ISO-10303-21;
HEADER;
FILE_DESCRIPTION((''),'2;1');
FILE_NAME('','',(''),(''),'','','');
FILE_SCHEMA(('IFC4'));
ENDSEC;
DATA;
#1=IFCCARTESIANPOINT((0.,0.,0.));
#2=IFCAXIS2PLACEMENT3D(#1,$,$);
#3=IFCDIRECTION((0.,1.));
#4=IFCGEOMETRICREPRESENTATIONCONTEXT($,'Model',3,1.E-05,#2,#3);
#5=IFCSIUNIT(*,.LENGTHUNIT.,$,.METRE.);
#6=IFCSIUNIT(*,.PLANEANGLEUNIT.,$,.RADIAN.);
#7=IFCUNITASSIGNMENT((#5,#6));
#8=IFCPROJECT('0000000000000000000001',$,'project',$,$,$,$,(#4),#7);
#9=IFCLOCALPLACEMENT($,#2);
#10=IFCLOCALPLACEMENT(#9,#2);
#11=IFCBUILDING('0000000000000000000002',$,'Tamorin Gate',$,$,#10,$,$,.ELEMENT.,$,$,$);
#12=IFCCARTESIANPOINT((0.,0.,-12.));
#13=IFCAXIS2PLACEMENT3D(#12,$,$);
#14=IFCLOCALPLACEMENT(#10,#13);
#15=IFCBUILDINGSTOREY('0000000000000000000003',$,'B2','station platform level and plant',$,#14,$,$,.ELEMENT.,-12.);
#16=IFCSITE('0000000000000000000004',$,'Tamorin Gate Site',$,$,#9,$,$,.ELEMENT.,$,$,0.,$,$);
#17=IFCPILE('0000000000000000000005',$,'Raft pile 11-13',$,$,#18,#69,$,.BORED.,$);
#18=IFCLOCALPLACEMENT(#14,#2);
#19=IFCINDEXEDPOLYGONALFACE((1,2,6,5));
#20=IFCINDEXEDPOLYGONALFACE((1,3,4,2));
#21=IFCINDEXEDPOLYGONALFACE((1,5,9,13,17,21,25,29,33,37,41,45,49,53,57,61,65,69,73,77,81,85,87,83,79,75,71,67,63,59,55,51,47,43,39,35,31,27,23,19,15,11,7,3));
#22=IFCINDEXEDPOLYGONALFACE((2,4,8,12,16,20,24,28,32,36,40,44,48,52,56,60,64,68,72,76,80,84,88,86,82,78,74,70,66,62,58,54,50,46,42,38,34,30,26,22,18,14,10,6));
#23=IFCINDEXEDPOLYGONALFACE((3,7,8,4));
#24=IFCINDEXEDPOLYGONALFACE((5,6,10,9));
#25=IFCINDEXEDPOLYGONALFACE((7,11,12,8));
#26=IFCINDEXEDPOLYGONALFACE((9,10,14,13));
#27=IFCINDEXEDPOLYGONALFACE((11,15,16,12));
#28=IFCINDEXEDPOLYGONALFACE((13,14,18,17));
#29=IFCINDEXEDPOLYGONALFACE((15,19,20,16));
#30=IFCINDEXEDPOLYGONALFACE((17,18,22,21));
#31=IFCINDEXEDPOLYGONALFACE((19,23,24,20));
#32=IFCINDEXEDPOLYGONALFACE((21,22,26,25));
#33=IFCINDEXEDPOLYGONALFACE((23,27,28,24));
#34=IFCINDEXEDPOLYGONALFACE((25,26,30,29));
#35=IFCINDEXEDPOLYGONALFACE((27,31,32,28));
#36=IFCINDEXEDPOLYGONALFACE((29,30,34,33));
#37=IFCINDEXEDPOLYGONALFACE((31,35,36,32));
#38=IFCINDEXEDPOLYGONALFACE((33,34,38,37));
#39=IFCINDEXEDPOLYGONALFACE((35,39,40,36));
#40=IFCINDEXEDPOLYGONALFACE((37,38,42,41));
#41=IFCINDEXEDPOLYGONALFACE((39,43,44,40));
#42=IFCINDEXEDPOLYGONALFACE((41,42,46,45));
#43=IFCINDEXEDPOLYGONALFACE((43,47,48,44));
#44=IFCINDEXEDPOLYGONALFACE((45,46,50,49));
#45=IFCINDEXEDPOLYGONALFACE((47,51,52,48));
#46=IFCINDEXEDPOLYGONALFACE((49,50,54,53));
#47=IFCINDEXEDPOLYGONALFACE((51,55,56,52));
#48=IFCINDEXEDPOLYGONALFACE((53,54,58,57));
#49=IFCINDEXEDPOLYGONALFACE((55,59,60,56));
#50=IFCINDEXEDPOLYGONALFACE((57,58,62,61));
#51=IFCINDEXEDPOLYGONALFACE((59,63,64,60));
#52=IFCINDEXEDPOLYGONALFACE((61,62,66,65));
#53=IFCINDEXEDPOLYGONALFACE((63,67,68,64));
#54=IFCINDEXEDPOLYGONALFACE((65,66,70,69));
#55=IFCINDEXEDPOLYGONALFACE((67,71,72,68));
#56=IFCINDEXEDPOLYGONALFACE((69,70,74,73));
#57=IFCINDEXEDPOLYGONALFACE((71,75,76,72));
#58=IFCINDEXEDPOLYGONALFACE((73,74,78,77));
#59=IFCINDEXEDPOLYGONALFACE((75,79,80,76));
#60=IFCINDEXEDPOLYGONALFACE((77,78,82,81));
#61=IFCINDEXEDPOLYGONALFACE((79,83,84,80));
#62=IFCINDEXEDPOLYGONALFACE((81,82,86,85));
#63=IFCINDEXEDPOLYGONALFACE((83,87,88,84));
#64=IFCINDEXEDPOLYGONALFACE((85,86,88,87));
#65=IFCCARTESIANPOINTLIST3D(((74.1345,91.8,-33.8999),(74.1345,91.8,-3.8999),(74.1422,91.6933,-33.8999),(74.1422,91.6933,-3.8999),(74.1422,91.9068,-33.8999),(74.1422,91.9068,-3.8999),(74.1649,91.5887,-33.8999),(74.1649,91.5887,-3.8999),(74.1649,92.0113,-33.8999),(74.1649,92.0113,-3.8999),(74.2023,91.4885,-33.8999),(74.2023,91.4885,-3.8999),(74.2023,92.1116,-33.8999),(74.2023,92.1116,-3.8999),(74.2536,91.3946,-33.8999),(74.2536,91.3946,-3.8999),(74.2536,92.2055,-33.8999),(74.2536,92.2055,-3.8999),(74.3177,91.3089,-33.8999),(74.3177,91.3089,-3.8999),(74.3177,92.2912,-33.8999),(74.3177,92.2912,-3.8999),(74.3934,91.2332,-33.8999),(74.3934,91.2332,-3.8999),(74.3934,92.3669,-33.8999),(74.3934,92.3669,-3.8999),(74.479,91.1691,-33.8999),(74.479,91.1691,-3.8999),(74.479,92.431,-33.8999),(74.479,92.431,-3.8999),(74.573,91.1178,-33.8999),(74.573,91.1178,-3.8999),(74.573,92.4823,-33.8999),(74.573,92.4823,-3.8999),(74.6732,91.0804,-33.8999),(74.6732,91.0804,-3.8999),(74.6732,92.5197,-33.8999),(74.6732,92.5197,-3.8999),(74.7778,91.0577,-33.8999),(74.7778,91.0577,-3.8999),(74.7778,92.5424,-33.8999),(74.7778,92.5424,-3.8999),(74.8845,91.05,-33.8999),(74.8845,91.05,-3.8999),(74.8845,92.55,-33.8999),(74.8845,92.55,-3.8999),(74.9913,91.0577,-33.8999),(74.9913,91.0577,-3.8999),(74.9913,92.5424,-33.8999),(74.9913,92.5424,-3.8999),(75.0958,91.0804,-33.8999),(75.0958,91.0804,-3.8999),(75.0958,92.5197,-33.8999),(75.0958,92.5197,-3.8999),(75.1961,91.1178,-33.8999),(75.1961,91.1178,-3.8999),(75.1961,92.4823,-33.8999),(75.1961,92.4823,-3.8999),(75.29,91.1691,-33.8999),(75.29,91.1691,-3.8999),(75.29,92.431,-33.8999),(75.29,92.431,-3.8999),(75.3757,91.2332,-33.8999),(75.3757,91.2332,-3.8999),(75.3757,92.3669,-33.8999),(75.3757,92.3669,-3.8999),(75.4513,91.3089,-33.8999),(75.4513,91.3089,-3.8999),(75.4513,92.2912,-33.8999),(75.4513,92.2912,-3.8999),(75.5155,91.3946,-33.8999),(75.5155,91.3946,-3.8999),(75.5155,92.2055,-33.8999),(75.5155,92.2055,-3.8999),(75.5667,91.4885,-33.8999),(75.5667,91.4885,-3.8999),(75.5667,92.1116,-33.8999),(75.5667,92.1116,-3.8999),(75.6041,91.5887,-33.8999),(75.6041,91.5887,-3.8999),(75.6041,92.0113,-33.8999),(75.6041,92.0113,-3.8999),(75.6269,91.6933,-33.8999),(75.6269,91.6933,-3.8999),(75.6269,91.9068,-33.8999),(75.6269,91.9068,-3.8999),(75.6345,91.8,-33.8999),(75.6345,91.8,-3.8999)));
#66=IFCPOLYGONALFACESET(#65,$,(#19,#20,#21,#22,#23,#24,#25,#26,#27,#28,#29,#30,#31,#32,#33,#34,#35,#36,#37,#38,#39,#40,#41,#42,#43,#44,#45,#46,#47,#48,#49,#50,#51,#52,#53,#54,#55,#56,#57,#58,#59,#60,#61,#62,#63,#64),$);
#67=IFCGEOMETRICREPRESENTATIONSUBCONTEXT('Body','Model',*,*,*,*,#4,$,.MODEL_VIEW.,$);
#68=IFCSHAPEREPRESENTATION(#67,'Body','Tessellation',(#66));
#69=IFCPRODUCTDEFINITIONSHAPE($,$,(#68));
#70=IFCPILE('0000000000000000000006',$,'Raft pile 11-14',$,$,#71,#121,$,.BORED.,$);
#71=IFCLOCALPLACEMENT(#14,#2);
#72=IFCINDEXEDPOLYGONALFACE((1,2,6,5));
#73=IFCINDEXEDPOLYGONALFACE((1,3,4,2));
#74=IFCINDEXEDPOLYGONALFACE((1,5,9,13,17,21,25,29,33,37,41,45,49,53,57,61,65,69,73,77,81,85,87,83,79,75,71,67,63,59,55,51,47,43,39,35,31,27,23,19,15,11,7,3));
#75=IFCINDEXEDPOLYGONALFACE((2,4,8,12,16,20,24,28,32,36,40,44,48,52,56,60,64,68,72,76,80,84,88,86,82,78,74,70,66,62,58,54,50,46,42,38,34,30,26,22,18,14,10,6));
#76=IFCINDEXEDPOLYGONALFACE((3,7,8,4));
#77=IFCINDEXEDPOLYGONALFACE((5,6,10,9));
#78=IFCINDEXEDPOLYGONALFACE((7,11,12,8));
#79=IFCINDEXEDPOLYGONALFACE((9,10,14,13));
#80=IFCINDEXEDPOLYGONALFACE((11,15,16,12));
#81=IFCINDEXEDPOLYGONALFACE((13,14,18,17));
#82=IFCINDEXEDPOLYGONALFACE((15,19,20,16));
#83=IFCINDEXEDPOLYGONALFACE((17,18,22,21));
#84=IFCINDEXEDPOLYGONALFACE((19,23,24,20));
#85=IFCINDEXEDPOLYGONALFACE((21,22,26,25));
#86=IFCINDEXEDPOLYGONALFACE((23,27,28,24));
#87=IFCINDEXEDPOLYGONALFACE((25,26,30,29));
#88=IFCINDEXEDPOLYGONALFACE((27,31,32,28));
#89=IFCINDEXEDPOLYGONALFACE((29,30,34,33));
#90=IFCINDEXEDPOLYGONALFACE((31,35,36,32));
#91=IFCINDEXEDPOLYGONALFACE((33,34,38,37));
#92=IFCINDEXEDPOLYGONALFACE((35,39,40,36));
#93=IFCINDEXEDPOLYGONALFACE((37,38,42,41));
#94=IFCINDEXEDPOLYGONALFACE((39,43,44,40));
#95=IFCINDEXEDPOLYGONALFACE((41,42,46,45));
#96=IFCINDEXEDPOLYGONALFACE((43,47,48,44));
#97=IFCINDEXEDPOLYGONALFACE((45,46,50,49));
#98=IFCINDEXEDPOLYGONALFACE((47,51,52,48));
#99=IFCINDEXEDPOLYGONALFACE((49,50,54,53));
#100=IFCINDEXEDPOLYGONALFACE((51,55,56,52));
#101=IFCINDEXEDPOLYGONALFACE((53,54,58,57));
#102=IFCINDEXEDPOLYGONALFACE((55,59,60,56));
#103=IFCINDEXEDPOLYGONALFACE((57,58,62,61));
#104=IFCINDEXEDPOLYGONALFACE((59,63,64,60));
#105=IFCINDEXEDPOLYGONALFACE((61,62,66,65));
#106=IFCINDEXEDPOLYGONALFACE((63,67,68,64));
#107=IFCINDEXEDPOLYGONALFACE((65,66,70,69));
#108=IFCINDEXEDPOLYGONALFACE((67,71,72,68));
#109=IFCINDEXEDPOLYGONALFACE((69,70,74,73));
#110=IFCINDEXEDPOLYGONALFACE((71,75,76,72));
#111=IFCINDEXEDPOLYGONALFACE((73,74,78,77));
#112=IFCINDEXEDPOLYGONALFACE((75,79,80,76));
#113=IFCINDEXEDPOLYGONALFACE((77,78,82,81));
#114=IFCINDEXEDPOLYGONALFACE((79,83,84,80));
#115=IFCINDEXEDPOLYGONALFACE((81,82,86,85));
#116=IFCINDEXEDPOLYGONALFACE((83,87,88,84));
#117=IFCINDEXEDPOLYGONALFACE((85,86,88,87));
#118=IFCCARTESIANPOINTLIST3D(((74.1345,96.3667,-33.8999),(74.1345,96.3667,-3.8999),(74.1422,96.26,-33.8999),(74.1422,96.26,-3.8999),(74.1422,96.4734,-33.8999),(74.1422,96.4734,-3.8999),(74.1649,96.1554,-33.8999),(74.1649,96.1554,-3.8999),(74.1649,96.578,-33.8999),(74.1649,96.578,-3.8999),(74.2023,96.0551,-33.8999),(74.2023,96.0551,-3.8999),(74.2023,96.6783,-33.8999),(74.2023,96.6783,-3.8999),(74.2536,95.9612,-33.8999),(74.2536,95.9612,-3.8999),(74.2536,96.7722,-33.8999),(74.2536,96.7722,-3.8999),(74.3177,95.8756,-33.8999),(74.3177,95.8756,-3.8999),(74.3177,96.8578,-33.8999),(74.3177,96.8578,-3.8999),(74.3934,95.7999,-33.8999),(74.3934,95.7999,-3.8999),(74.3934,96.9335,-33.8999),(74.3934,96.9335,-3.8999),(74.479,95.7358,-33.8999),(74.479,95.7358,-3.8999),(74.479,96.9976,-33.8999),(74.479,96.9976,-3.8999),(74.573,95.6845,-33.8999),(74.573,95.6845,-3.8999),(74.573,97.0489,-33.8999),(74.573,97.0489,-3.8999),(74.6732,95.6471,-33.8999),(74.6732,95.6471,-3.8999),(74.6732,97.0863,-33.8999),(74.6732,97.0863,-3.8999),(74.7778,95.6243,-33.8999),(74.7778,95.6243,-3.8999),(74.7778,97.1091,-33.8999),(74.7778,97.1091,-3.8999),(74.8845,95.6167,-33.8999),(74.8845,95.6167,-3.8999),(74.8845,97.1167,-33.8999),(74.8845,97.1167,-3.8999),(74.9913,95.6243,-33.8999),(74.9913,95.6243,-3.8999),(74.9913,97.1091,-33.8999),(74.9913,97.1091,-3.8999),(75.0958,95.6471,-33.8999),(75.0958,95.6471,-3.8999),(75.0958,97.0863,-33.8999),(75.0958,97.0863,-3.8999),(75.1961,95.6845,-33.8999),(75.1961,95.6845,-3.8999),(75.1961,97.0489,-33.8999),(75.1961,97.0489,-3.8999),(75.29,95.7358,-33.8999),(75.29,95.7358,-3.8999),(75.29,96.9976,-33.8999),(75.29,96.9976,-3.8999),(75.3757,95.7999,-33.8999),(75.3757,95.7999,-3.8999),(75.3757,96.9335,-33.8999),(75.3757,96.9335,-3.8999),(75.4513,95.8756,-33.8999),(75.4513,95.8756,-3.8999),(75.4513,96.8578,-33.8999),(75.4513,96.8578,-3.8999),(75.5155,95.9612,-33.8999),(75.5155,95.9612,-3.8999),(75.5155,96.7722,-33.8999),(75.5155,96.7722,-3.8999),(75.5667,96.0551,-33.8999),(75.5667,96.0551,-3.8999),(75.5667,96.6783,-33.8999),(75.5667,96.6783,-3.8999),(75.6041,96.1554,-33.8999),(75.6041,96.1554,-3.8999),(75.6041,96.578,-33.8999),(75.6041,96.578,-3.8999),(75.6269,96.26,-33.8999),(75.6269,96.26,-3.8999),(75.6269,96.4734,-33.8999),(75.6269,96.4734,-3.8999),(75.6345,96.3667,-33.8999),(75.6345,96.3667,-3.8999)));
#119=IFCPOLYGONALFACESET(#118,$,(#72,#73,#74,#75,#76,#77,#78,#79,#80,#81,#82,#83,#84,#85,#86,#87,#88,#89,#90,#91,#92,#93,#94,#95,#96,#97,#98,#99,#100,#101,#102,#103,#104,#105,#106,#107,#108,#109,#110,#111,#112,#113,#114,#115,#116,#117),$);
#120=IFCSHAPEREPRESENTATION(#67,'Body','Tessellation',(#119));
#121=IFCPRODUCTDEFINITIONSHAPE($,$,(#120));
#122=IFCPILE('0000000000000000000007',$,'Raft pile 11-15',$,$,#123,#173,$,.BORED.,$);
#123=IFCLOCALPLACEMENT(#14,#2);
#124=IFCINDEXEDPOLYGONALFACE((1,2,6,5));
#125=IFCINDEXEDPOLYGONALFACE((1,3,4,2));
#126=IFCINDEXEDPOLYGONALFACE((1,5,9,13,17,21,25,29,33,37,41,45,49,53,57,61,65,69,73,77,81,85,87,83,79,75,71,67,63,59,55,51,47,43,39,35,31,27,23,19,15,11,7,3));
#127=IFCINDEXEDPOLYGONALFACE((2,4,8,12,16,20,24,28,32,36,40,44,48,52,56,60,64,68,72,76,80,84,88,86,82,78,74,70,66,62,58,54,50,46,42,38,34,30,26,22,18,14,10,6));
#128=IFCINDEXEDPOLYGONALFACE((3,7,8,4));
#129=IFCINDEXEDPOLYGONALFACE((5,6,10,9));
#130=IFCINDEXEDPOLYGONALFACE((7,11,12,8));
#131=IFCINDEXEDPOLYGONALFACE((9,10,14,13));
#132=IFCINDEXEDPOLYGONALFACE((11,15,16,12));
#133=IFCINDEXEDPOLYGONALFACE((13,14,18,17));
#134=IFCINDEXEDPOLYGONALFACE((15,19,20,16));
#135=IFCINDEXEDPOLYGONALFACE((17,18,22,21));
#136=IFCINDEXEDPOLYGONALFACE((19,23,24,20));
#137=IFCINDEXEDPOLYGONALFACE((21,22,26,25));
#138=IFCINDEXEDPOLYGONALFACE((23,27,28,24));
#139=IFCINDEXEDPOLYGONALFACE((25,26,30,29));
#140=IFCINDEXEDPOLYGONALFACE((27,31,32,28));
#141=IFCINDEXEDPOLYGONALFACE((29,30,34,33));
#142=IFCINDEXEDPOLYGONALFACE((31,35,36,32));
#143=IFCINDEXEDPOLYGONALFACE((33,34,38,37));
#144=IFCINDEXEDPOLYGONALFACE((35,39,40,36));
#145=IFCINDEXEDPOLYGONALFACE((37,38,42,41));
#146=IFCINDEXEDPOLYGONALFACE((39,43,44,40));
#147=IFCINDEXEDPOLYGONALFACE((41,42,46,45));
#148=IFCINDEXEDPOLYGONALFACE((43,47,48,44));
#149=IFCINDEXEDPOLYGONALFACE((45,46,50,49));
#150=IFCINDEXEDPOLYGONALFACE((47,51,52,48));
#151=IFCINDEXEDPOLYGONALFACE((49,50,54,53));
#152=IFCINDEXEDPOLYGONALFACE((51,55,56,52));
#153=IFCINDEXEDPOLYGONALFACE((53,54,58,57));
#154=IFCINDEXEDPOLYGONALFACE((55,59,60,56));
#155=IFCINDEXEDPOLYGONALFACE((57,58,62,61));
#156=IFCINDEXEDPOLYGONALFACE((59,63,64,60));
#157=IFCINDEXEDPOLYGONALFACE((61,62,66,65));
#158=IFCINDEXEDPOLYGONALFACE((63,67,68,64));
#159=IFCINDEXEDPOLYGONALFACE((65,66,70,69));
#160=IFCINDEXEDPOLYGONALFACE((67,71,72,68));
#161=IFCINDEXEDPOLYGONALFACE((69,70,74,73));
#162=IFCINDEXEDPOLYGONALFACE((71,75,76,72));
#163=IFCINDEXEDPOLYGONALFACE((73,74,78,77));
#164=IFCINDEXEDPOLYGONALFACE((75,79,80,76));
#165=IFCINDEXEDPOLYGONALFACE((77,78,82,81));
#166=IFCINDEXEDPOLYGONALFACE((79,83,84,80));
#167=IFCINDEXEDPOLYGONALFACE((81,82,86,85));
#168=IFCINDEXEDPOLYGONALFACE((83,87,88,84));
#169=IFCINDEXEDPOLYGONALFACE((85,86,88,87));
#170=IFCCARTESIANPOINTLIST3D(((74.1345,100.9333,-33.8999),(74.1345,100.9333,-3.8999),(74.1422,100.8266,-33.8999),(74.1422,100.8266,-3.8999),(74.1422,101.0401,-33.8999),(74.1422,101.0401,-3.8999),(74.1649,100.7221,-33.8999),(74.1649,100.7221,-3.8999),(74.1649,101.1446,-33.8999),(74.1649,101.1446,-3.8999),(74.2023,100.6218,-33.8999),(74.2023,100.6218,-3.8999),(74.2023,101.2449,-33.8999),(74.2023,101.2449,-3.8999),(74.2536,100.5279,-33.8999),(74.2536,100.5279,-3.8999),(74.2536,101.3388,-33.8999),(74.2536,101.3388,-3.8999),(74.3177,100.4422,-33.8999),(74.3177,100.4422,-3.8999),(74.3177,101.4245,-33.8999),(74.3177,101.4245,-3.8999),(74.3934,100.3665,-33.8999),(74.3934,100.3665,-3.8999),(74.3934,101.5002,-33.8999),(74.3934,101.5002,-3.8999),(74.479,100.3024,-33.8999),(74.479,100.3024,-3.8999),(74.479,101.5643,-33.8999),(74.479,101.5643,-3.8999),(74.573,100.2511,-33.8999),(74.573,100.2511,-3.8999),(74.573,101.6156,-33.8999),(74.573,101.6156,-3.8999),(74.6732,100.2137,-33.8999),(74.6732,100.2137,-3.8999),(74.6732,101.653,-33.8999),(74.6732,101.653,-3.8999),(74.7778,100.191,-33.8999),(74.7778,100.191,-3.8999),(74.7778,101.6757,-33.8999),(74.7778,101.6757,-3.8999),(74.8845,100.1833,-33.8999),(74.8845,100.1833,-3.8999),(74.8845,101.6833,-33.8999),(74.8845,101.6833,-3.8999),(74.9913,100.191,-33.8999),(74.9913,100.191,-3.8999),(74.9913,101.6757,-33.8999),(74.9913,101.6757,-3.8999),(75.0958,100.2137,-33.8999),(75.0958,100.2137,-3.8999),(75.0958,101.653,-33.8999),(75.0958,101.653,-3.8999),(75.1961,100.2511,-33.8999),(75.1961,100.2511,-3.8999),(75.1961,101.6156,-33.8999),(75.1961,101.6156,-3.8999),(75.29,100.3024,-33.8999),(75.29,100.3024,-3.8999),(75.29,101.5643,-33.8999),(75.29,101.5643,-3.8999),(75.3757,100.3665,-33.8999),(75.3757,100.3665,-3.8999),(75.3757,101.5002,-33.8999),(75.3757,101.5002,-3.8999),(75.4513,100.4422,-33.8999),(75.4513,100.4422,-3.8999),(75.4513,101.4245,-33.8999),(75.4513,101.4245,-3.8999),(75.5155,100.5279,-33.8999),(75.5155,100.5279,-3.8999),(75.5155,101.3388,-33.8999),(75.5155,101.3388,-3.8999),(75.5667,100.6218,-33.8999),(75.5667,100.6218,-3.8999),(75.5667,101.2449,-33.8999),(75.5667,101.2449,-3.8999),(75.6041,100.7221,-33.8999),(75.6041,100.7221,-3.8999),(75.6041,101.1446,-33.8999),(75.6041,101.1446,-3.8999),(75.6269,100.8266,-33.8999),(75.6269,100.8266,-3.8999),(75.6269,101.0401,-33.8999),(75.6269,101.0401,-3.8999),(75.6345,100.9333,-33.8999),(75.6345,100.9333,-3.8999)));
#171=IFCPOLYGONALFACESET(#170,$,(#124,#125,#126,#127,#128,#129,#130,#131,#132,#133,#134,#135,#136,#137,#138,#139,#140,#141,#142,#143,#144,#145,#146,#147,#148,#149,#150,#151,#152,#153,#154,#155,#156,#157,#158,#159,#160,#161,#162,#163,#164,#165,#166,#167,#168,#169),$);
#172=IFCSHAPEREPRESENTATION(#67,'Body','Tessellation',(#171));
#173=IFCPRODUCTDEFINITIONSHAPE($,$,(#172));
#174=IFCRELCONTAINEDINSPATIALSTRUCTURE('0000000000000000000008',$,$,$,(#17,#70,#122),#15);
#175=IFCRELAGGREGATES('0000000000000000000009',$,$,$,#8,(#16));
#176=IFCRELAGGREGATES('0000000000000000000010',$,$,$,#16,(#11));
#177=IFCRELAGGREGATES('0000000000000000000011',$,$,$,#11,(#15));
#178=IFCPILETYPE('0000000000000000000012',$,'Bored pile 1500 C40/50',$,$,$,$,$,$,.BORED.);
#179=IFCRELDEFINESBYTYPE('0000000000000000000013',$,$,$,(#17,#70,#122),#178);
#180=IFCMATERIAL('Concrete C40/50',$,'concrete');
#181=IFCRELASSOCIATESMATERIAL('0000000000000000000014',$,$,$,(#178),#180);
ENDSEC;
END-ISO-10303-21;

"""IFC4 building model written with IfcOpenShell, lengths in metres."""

from ifc_helpers import new_model, si_unit, direction, frame, origin, origin_2d, place, context, subcontext, project, spatial, circle, extrude, material, material_profile, profile_set, type_object, element, save


model = new_model("IFC4")

# Units and contexts
model_context = context("Model", 3, precision=1e-05, world=origin(), true_north=direction((0.0, 1.0)))
body_context = subcontext(model_context, "Body", "Model", "MODEL_VIEW")
ifc_project = project(units=[si_unit("LENGTHUNIT", "METRE"), si_unit("PLANEANGLEUNIT", "RADIAN")], contexts=[model_context])

# Site, building, storey
site_placement = place(None, origin())
site = spatial("IfcSite", under=ifc_project, at=site_placement, Name="Tamorin Gate Site", CompositionType="ELEMENT", RefElevation=0.0)
building_placement = place(site_placement, origin())
building = spatial("IfcBuilding", under=site, at=building_placement, Name="Tamorin Gate", CompositionType="ELEMENT")
storey_placement = place(building_placement, frame((0.0, 0.0, -12.0)))
storey = spatial("IfcBuildingStorey", under=building, at=storey_placement, Name="B2", Description="station platform level and plant", CompositionType="ELEMENT", Elevation=-12.0)

# Piles
ifc_material_1 = material(Name="Concrete C40/50", Category="concrete")
ifc_material_profile_1 = material_profile(ifc_material_1, circle(Radius=0.75, at=origin_2d()))
ifc_profile_set_1 = profile_set([ifc_material_profile_1], Name="Concrete C40/50")
pile_type = type_object("IfcPileType", Name="Bored pile 1500 C40/50", PredefinedType="BORED", material=ifc_profile_set_1)
for number, where, z_axis, x_axis, name in (
    (1, (74.8845, 91.8, -3.8999), (0.0, 0.0, -1.0), (1.0, 0.0, 0.0), "Raft pile 11-13"),
    (2, (74.8845, 96.3667, -3.8999), (0.0, 0.0, -1.0), (1.0, 0.0, 0.0), "Raft pile 11-14"),
    (3, (74.8845, 100.9333, -3.8999), (0.0, 0.0, -1.0), (1.0, 0.0, 0.0), "Raft pile 11-15"),
):
    element("IfcPile", number, at=place(storey_placement, frame(where, z_axis=z_axis, x_axis=x_axis)), inside=storey, type_object=pile_type, Name=name, PredefinedType="BORED", context=body_context, shape_type="SweptSolid", body=[
        extrude(circle(Radius=0.75, at=origin_2d()), origin(), (0.0, 0.0, 1.0), 30.0),
    ])

save(model, "model.ifc")
